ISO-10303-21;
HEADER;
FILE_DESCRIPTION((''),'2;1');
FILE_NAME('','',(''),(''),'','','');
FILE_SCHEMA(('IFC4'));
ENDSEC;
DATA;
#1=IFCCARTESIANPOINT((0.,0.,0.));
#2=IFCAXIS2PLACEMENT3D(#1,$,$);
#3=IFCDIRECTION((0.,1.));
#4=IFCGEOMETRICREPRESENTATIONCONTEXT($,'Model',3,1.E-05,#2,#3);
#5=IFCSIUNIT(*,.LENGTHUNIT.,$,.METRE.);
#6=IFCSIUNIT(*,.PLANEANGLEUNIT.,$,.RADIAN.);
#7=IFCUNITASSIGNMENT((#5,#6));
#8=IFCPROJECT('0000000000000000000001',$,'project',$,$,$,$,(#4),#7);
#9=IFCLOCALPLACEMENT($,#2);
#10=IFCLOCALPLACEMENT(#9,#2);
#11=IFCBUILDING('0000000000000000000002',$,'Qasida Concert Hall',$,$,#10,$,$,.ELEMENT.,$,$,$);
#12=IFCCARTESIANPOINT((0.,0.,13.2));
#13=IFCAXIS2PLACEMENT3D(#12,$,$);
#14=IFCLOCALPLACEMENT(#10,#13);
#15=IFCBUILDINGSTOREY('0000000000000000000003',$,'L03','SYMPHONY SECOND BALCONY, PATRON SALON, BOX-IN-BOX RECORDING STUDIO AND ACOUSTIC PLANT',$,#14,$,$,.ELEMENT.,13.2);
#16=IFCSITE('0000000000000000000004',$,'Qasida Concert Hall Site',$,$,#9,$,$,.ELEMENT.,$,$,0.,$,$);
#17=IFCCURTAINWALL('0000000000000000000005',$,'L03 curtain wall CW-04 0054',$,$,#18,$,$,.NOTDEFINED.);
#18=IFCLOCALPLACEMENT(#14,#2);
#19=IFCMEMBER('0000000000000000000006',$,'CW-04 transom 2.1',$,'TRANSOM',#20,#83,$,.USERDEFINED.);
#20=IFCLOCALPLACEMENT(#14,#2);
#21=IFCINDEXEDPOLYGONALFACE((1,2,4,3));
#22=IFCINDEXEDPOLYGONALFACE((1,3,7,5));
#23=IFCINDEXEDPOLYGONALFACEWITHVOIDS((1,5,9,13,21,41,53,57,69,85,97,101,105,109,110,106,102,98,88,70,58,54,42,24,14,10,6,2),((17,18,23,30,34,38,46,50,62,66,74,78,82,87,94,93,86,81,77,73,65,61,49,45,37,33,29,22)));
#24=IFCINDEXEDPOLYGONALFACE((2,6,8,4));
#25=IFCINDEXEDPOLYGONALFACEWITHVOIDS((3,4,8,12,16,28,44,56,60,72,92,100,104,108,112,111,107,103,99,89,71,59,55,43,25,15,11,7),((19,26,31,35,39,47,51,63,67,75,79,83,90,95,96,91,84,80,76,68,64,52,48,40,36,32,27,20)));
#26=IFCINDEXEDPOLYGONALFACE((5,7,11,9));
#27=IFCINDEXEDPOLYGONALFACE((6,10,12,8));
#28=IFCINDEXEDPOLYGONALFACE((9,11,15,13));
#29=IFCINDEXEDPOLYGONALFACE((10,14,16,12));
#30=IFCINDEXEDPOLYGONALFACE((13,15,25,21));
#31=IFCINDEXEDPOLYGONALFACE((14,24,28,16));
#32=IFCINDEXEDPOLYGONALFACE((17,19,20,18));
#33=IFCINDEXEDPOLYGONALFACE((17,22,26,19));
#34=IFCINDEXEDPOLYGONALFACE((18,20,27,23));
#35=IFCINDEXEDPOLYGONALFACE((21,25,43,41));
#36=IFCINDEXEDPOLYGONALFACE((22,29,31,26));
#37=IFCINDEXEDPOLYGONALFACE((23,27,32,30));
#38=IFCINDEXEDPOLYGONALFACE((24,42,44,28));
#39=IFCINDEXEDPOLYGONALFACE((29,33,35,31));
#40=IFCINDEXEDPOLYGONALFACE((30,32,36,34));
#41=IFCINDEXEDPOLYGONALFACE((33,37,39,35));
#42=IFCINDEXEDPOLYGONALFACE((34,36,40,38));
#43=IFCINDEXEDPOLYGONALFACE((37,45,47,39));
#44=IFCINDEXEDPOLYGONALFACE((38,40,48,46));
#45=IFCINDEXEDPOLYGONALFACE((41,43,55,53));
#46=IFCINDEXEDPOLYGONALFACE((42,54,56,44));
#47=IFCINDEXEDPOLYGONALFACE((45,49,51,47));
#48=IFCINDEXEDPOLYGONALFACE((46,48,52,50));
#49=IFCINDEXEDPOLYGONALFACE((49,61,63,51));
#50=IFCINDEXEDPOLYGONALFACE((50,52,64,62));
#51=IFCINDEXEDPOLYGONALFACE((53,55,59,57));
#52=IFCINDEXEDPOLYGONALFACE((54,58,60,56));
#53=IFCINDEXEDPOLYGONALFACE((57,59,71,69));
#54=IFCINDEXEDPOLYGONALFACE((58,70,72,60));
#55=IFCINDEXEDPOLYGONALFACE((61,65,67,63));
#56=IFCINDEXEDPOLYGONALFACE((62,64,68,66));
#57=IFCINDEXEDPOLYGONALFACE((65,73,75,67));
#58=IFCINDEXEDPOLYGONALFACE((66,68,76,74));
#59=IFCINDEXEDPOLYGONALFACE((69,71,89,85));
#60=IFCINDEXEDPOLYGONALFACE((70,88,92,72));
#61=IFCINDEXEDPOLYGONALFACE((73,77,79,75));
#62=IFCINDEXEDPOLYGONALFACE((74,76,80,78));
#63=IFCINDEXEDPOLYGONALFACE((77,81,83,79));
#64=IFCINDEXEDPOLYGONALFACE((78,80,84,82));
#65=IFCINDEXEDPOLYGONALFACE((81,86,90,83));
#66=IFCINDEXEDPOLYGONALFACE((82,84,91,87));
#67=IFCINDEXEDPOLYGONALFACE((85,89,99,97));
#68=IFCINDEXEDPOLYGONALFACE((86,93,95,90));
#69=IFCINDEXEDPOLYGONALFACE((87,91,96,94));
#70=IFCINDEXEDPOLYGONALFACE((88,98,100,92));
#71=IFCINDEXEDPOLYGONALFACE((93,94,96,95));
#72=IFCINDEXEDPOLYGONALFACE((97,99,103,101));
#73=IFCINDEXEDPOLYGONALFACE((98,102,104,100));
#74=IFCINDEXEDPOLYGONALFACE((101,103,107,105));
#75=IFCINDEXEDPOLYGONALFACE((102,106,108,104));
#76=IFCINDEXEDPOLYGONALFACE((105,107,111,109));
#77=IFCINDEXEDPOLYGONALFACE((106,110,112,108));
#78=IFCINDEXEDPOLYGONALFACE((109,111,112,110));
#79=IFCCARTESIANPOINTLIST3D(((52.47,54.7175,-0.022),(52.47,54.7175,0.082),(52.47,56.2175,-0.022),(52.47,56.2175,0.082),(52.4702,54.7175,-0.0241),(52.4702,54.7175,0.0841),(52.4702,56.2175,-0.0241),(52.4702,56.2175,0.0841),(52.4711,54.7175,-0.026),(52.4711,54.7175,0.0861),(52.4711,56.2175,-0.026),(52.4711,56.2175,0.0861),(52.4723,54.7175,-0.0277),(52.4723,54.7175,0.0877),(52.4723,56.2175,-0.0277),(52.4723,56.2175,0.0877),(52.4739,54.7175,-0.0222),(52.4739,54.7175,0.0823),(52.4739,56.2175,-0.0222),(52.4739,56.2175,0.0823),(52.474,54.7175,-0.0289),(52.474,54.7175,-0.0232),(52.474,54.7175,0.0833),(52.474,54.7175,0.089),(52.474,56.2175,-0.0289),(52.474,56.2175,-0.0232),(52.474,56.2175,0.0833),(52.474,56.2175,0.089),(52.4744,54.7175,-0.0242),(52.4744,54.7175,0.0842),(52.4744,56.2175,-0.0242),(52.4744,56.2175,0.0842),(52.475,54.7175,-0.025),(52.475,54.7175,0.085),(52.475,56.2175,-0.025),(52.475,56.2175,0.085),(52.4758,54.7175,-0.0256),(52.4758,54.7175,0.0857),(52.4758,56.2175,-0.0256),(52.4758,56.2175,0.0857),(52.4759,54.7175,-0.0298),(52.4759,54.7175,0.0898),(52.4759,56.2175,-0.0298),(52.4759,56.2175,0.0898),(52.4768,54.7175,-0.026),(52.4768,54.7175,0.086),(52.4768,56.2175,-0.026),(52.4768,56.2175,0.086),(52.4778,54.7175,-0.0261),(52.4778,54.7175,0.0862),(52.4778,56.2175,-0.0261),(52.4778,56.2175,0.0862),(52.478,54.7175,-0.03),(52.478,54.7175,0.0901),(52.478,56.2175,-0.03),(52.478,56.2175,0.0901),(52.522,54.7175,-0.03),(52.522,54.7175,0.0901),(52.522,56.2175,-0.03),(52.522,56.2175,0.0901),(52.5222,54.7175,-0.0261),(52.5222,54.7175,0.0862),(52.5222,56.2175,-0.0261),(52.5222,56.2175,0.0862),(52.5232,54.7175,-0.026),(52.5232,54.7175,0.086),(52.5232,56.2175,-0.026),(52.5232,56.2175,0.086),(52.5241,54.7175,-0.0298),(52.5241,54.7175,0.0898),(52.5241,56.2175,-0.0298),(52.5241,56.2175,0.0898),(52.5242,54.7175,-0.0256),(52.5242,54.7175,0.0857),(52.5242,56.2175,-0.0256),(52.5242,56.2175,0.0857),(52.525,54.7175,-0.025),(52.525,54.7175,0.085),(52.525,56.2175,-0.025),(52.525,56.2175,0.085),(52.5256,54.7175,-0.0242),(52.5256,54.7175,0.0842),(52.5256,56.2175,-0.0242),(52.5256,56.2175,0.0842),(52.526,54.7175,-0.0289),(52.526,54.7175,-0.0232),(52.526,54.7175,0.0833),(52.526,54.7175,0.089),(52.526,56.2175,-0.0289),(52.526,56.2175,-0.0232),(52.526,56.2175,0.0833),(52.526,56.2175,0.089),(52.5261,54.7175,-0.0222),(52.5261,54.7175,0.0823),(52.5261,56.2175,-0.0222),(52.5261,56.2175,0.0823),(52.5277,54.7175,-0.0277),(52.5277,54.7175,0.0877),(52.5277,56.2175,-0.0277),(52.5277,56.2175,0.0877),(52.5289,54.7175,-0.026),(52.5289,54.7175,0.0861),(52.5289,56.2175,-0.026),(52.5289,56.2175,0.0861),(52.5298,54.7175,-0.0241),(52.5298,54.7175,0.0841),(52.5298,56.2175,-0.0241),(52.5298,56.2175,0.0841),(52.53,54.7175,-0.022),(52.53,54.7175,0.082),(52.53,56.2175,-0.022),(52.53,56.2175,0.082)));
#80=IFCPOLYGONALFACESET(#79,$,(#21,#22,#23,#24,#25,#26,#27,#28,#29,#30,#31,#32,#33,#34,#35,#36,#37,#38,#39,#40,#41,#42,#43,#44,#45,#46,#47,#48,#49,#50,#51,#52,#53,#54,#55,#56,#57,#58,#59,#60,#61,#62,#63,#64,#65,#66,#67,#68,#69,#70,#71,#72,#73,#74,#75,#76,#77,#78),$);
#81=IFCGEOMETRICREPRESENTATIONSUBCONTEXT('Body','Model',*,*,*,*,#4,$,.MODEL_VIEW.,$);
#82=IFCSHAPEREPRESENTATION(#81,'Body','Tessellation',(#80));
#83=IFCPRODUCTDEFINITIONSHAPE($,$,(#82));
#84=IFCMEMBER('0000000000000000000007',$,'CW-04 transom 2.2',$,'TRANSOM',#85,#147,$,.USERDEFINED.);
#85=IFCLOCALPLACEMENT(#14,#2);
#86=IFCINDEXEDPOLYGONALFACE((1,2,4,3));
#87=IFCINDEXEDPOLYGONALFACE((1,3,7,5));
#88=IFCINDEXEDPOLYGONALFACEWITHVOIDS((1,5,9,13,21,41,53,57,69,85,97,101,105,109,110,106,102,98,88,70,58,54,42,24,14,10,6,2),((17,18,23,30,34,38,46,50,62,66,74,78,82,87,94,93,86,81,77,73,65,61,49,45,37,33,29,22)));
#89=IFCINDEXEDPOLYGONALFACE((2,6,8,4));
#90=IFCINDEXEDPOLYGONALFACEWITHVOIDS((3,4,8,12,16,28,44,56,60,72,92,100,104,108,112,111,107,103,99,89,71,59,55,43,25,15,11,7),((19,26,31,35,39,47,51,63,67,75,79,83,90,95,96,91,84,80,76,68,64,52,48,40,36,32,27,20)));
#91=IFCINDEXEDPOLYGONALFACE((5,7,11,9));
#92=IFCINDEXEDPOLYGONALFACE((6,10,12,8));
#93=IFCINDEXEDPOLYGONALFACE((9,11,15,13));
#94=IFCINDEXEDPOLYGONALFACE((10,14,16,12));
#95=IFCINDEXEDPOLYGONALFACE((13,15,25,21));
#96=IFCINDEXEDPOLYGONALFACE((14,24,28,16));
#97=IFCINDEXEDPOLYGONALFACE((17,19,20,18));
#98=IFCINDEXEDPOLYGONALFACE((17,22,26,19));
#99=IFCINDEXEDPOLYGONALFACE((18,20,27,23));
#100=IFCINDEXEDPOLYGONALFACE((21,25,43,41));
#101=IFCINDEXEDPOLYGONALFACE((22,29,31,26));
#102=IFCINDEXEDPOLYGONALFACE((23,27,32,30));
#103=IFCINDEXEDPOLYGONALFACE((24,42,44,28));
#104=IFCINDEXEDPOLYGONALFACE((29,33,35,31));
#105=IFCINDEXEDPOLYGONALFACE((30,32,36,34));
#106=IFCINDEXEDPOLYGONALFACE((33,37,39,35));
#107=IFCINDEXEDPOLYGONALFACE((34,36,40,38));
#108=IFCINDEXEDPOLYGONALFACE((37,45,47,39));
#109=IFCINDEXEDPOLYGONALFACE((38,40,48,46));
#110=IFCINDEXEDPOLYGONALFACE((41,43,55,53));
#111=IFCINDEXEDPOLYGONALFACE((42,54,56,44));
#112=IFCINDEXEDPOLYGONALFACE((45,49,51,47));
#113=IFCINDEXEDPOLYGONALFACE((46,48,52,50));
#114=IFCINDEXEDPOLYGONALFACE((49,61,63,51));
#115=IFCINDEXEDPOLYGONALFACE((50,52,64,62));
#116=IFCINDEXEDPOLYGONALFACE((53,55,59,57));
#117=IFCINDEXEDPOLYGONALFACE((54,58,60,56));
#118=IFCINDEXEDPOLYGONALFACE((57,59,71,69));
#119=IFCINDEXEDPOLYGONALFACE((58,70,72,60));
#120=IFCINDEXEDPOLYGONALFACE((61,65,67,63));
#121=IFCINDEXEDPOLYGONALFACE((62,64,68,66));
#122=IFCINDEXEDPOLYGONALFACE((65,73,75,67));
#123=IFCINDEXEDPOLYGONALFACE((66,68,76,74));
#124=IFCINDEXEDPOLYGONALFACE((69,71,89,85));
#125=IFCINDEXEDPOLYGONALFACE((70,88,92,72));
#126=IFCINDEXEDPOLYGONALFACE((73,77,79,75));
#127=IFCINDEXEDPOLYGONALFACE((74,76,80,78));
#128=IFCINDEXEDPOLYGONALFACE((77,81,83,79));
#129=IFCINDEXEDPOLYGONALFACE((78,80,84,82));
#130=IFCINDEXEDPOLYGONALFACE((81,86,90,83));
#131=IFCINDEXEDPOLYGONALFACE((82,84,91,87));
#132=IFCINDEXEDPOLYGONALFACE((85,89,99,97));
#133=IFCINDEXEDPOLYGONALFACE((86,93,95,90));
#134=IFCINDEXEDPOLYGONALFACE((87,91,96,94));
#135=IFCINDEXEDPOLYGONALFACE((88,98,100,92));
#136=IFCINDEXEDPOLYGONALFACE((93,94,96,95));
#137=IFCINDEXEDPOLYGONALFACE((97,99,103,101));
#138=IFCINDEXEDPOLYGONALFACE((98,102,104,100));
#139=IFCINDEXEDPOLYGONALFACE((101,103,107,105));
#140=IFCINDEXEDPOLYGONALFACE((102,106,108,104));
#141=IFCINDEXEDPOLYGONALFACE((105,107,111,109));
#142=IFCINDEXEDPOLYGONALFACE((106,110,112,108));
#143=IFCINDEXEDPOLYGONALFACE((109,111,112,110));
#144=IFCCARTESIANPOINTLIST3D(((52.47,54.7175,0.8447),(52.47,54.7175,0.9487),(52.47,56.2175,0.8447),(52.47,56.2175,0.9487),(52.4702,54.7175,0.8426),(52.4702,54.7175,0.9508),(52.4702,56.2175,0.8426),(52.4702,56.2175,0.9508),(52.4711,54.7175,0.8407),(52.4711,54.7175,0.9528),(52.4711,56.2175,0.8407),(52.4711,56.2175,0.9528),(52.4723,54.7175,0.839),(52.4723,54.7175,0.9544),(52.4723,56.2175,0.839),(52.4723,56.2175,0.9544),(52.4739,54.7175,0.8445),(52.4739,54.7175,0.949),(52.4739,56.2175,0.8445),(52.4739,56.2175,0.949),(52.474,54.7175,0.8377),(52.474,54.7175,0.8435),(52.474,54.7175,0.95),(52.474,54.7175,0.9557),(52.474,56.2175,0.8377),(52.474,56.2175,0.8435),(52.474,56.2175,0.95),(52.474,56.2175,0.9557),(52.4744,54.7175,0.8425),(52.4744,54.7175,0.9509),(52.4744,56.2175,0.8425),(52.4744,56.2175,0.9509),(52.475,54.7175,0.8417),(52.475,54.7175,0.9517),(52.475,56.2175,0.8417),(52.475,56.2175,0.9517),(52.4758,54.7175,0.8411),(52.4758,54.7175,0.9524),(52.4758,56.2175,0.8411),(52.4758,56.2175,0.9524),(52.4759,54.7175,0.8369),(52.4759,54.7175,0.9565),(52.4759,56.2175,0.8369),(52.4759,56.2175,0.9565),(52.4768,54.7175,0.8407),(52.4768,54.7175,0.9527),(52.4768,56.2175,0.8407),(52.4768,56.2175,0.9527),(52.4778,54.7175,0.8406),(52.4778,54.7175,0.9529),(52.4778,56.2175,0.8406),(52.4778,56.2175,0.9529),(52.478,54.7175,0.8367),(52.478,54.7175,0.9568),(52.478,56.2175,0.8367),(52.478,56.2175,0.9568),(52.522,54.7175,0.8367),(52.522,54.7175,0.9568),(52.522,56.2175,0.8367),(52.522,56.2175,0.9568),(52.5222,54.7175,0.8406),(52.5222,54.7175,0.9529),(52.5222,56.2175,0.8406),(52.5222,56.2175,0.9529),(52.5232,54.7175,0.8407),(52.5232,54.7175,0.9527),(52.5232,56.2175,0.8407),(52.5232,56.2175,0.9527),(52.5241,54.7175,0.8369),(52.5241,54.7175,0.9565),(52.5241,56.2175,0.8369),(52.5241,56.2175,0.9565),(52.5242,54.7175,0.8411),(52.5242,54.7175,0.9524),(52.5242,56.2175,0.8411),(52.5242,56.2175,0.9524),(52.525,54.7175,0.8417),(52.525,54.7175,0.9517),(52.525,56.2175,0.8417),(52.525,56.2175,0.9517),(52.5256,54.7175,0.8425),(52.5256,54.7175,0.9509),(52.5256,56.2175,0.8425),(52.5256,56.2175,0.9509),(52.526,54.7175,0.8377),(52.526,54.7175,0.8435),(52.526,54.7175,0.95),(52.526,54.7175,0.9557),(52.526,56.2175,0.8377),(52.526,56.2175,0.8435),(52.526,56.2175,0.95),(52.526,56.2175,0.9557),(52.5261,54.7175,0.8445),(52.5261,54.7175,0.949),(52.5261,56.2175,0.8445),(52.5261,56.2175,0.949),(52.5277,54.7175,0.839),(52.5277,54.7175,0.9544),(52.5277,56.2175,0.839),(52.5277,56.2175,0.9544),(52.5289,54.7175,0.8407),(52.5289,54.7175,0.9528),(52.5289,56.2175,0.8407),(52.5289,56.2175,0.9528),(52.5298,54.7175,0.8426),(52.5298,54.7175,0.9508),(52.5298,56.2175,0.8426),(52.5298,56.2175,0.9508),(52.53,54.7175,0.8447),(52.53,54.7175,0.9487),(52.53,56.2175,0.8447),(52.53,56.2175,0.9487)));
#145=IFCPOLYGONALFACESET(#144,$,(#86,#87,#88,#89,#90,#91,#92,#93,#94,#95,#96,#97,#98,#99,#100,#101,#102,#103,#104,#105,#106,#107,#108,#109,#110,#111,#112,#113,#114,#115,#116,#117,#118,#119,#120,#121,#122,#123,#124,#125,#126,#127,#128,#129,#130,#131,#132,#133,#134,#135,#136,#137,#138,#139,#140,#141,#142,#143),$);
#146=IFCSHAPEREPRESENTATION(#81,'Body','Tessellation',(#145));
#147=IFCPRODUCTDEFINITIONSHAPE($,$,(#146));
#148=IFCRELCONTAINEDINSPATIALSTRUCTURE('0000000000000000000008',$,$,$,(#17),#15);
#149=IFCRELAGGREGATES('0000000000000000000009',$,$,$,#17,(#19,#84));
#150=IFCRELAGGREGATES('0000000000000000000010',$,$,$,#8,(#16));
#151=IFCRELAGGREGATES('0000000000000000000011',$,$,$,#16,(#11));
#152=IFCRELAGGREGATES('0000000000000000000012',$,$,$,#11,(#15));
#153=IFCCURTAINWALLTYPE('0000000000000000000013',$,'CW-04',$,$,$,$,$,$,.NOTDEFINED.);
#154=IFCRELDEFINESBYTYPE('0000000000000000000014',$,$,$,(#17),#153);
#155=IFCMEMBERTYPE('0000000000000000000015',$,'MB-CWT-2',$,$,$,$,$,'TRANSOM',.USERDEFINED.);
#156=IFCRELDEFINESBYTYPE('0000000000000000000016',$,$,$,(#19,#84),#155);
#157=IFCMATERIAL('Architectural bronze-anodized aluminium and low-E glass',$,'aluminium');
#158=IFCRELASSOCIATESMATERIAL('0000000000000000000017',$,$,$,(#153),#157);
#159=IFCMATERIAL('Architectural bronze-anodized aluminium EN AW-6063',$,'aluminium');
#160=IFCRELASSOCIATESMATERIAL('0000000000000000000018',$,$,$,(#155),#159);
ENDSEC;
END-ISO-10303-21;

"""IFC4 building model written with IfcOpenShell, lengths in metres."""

from ifc_helpers import new_model, si_unit, direction, frame, origin, origin_2d, place, context, subcontext, project, spatial, hollow_rectangle, extrude, material, material_profile, profile_set, type_object, element, aggregate, save


model = new_model("IFC4")

# Units and contexts
model_context = context("Model", 3, precision=1e-05, world=origin(), true_north=direction((0.0, 1.0)))
body_context = subcontext(model_context, "Body", "Model", "MODEL_VIEW")
ifc_project = project(units=[si_unit("LENGTHUNIT", "METRE"), si_unit("PLANEANGLEUNIT", "RADIAN")], contexts=[model_context])

# Site, building, storey
site_placement = place(None, origin())
site = spatial("IfcSite", under=ifc_project, at=site_placement, Name="Qasida Concert Hall Site", CompositionType="ELEMENT", RefElevation=0.0)
building_placement = place(site_placement, origin())
building = spatial("IfcBuilding", under=site, at=building_placement, Name="Qasida Concert Hall", CompositionType="ELEMENT")
storey_placement = place(building_placement, frame((0.0, 0.0, 13.2)))
storey = spatial("IfcBuildingStorey", under=building, at=storey_placement, Name="L03", Description="SYMPHONY SECOND BALCONY, PATRON SALON, BOX-IN-BOX RECORDING STUDIO AND ACOUSTIC PLANT", CompositionType="ELEMENT", Elevation=13.2)

# Curtain wall, members
ifc_material_1 = material(Name="Architectural bronze-anodized aluminium and low-E glass", Category="aluminium")
curtain_wall_type = type_object("IfcCurtainWallType", Name="CW-04", PredefinedType="NOTDEFINED", material=ifc_material_1)
curtain_wall_placement = place(storey_placement, origin())
curtain_wall = element("IfcCurtainWall", 1, at=curtain_wall_placement, inside=storey, type_object=curtain_wall_type, Name="L03 curtain wall CW-04 0054", PredefinedType="NOTDEFINED")
ifc_material_2 = material(Name="Architectural bronze-anodized aluminium EN AW-6063", Category="aluminium")
ifc_material_profile_1 = material_profile(ifc_material_2, hollow_rectangle(XDim=0.0601, YDim=0.1201, WallThickness=0.0039, InnerFilletRadius=0.0039, OuterFilletRadius=0.0081, at=origin_2d()), Name="CWT 120x60x4")
ifc_profile_set_1 = profile_set([ifc_material_profile_1], Name="Architectural bronze-anodized aluminium EN AW-6063")
member_type_1 = type_object("IfcMemberType", Name="MB-CWT-2", ElementType="TRANSOM", PredefinedType="USERDEFINED", material=ifc_profile_set_1)
member_1_placement = place(storey_placement, frame((52.5, 54.7175, 0.03), z_axis=(0.0, 1.0, 0.0), x_axis=(-1.0, 0.0, 0.0)))
member_1 = element("IfcMember", 2, at=member_1_placement, type_object=member_type_1, Name="CW-04 transom 2.1", ObjectType="TRANSOM", PredefinedType="USERDEFINED", context=body_context, shape_type="SweptSolid", body=[
    extrude(hollow_rectangle(XDim=0.0601, YDim=0.1201, WallThickness=0.0039, InnerFilletRadius=0.0039, OuterFilletRadius=0.0081, at=origin_2d()), origin(), (0.0, 0.0, 1.0), 1.5),
])
member_2_placement = place(storey_placement, frame((52.5, 54.7175, 0.8967), z_axis=(0.0, 1.0, 0.0), x_axis=(-1.0, 0.0, 0.0)))
member_2 = element("IfcMember", 3, at=member_2_placement, type_object=member_type_1, Name="CW-04 transom 2.2", ObjectType="TRANSOM", PredefinedType="USERDEFINED", context=body_context, shape_type="SweptSolid", body=[
    extrude(hollow_rectangle(XDim=0.0601, YDim=0.1201, WallThickness=0.0039, InnerFilletRadius=0.0039, OuterFilletRadius=0.0081, at=origin_2d()), origin(), (0.0, 0.0, 1.0), 1.5),
])
aggregate(curtain_wall, [member_1, member_2])

save(model, "model.ifc")
